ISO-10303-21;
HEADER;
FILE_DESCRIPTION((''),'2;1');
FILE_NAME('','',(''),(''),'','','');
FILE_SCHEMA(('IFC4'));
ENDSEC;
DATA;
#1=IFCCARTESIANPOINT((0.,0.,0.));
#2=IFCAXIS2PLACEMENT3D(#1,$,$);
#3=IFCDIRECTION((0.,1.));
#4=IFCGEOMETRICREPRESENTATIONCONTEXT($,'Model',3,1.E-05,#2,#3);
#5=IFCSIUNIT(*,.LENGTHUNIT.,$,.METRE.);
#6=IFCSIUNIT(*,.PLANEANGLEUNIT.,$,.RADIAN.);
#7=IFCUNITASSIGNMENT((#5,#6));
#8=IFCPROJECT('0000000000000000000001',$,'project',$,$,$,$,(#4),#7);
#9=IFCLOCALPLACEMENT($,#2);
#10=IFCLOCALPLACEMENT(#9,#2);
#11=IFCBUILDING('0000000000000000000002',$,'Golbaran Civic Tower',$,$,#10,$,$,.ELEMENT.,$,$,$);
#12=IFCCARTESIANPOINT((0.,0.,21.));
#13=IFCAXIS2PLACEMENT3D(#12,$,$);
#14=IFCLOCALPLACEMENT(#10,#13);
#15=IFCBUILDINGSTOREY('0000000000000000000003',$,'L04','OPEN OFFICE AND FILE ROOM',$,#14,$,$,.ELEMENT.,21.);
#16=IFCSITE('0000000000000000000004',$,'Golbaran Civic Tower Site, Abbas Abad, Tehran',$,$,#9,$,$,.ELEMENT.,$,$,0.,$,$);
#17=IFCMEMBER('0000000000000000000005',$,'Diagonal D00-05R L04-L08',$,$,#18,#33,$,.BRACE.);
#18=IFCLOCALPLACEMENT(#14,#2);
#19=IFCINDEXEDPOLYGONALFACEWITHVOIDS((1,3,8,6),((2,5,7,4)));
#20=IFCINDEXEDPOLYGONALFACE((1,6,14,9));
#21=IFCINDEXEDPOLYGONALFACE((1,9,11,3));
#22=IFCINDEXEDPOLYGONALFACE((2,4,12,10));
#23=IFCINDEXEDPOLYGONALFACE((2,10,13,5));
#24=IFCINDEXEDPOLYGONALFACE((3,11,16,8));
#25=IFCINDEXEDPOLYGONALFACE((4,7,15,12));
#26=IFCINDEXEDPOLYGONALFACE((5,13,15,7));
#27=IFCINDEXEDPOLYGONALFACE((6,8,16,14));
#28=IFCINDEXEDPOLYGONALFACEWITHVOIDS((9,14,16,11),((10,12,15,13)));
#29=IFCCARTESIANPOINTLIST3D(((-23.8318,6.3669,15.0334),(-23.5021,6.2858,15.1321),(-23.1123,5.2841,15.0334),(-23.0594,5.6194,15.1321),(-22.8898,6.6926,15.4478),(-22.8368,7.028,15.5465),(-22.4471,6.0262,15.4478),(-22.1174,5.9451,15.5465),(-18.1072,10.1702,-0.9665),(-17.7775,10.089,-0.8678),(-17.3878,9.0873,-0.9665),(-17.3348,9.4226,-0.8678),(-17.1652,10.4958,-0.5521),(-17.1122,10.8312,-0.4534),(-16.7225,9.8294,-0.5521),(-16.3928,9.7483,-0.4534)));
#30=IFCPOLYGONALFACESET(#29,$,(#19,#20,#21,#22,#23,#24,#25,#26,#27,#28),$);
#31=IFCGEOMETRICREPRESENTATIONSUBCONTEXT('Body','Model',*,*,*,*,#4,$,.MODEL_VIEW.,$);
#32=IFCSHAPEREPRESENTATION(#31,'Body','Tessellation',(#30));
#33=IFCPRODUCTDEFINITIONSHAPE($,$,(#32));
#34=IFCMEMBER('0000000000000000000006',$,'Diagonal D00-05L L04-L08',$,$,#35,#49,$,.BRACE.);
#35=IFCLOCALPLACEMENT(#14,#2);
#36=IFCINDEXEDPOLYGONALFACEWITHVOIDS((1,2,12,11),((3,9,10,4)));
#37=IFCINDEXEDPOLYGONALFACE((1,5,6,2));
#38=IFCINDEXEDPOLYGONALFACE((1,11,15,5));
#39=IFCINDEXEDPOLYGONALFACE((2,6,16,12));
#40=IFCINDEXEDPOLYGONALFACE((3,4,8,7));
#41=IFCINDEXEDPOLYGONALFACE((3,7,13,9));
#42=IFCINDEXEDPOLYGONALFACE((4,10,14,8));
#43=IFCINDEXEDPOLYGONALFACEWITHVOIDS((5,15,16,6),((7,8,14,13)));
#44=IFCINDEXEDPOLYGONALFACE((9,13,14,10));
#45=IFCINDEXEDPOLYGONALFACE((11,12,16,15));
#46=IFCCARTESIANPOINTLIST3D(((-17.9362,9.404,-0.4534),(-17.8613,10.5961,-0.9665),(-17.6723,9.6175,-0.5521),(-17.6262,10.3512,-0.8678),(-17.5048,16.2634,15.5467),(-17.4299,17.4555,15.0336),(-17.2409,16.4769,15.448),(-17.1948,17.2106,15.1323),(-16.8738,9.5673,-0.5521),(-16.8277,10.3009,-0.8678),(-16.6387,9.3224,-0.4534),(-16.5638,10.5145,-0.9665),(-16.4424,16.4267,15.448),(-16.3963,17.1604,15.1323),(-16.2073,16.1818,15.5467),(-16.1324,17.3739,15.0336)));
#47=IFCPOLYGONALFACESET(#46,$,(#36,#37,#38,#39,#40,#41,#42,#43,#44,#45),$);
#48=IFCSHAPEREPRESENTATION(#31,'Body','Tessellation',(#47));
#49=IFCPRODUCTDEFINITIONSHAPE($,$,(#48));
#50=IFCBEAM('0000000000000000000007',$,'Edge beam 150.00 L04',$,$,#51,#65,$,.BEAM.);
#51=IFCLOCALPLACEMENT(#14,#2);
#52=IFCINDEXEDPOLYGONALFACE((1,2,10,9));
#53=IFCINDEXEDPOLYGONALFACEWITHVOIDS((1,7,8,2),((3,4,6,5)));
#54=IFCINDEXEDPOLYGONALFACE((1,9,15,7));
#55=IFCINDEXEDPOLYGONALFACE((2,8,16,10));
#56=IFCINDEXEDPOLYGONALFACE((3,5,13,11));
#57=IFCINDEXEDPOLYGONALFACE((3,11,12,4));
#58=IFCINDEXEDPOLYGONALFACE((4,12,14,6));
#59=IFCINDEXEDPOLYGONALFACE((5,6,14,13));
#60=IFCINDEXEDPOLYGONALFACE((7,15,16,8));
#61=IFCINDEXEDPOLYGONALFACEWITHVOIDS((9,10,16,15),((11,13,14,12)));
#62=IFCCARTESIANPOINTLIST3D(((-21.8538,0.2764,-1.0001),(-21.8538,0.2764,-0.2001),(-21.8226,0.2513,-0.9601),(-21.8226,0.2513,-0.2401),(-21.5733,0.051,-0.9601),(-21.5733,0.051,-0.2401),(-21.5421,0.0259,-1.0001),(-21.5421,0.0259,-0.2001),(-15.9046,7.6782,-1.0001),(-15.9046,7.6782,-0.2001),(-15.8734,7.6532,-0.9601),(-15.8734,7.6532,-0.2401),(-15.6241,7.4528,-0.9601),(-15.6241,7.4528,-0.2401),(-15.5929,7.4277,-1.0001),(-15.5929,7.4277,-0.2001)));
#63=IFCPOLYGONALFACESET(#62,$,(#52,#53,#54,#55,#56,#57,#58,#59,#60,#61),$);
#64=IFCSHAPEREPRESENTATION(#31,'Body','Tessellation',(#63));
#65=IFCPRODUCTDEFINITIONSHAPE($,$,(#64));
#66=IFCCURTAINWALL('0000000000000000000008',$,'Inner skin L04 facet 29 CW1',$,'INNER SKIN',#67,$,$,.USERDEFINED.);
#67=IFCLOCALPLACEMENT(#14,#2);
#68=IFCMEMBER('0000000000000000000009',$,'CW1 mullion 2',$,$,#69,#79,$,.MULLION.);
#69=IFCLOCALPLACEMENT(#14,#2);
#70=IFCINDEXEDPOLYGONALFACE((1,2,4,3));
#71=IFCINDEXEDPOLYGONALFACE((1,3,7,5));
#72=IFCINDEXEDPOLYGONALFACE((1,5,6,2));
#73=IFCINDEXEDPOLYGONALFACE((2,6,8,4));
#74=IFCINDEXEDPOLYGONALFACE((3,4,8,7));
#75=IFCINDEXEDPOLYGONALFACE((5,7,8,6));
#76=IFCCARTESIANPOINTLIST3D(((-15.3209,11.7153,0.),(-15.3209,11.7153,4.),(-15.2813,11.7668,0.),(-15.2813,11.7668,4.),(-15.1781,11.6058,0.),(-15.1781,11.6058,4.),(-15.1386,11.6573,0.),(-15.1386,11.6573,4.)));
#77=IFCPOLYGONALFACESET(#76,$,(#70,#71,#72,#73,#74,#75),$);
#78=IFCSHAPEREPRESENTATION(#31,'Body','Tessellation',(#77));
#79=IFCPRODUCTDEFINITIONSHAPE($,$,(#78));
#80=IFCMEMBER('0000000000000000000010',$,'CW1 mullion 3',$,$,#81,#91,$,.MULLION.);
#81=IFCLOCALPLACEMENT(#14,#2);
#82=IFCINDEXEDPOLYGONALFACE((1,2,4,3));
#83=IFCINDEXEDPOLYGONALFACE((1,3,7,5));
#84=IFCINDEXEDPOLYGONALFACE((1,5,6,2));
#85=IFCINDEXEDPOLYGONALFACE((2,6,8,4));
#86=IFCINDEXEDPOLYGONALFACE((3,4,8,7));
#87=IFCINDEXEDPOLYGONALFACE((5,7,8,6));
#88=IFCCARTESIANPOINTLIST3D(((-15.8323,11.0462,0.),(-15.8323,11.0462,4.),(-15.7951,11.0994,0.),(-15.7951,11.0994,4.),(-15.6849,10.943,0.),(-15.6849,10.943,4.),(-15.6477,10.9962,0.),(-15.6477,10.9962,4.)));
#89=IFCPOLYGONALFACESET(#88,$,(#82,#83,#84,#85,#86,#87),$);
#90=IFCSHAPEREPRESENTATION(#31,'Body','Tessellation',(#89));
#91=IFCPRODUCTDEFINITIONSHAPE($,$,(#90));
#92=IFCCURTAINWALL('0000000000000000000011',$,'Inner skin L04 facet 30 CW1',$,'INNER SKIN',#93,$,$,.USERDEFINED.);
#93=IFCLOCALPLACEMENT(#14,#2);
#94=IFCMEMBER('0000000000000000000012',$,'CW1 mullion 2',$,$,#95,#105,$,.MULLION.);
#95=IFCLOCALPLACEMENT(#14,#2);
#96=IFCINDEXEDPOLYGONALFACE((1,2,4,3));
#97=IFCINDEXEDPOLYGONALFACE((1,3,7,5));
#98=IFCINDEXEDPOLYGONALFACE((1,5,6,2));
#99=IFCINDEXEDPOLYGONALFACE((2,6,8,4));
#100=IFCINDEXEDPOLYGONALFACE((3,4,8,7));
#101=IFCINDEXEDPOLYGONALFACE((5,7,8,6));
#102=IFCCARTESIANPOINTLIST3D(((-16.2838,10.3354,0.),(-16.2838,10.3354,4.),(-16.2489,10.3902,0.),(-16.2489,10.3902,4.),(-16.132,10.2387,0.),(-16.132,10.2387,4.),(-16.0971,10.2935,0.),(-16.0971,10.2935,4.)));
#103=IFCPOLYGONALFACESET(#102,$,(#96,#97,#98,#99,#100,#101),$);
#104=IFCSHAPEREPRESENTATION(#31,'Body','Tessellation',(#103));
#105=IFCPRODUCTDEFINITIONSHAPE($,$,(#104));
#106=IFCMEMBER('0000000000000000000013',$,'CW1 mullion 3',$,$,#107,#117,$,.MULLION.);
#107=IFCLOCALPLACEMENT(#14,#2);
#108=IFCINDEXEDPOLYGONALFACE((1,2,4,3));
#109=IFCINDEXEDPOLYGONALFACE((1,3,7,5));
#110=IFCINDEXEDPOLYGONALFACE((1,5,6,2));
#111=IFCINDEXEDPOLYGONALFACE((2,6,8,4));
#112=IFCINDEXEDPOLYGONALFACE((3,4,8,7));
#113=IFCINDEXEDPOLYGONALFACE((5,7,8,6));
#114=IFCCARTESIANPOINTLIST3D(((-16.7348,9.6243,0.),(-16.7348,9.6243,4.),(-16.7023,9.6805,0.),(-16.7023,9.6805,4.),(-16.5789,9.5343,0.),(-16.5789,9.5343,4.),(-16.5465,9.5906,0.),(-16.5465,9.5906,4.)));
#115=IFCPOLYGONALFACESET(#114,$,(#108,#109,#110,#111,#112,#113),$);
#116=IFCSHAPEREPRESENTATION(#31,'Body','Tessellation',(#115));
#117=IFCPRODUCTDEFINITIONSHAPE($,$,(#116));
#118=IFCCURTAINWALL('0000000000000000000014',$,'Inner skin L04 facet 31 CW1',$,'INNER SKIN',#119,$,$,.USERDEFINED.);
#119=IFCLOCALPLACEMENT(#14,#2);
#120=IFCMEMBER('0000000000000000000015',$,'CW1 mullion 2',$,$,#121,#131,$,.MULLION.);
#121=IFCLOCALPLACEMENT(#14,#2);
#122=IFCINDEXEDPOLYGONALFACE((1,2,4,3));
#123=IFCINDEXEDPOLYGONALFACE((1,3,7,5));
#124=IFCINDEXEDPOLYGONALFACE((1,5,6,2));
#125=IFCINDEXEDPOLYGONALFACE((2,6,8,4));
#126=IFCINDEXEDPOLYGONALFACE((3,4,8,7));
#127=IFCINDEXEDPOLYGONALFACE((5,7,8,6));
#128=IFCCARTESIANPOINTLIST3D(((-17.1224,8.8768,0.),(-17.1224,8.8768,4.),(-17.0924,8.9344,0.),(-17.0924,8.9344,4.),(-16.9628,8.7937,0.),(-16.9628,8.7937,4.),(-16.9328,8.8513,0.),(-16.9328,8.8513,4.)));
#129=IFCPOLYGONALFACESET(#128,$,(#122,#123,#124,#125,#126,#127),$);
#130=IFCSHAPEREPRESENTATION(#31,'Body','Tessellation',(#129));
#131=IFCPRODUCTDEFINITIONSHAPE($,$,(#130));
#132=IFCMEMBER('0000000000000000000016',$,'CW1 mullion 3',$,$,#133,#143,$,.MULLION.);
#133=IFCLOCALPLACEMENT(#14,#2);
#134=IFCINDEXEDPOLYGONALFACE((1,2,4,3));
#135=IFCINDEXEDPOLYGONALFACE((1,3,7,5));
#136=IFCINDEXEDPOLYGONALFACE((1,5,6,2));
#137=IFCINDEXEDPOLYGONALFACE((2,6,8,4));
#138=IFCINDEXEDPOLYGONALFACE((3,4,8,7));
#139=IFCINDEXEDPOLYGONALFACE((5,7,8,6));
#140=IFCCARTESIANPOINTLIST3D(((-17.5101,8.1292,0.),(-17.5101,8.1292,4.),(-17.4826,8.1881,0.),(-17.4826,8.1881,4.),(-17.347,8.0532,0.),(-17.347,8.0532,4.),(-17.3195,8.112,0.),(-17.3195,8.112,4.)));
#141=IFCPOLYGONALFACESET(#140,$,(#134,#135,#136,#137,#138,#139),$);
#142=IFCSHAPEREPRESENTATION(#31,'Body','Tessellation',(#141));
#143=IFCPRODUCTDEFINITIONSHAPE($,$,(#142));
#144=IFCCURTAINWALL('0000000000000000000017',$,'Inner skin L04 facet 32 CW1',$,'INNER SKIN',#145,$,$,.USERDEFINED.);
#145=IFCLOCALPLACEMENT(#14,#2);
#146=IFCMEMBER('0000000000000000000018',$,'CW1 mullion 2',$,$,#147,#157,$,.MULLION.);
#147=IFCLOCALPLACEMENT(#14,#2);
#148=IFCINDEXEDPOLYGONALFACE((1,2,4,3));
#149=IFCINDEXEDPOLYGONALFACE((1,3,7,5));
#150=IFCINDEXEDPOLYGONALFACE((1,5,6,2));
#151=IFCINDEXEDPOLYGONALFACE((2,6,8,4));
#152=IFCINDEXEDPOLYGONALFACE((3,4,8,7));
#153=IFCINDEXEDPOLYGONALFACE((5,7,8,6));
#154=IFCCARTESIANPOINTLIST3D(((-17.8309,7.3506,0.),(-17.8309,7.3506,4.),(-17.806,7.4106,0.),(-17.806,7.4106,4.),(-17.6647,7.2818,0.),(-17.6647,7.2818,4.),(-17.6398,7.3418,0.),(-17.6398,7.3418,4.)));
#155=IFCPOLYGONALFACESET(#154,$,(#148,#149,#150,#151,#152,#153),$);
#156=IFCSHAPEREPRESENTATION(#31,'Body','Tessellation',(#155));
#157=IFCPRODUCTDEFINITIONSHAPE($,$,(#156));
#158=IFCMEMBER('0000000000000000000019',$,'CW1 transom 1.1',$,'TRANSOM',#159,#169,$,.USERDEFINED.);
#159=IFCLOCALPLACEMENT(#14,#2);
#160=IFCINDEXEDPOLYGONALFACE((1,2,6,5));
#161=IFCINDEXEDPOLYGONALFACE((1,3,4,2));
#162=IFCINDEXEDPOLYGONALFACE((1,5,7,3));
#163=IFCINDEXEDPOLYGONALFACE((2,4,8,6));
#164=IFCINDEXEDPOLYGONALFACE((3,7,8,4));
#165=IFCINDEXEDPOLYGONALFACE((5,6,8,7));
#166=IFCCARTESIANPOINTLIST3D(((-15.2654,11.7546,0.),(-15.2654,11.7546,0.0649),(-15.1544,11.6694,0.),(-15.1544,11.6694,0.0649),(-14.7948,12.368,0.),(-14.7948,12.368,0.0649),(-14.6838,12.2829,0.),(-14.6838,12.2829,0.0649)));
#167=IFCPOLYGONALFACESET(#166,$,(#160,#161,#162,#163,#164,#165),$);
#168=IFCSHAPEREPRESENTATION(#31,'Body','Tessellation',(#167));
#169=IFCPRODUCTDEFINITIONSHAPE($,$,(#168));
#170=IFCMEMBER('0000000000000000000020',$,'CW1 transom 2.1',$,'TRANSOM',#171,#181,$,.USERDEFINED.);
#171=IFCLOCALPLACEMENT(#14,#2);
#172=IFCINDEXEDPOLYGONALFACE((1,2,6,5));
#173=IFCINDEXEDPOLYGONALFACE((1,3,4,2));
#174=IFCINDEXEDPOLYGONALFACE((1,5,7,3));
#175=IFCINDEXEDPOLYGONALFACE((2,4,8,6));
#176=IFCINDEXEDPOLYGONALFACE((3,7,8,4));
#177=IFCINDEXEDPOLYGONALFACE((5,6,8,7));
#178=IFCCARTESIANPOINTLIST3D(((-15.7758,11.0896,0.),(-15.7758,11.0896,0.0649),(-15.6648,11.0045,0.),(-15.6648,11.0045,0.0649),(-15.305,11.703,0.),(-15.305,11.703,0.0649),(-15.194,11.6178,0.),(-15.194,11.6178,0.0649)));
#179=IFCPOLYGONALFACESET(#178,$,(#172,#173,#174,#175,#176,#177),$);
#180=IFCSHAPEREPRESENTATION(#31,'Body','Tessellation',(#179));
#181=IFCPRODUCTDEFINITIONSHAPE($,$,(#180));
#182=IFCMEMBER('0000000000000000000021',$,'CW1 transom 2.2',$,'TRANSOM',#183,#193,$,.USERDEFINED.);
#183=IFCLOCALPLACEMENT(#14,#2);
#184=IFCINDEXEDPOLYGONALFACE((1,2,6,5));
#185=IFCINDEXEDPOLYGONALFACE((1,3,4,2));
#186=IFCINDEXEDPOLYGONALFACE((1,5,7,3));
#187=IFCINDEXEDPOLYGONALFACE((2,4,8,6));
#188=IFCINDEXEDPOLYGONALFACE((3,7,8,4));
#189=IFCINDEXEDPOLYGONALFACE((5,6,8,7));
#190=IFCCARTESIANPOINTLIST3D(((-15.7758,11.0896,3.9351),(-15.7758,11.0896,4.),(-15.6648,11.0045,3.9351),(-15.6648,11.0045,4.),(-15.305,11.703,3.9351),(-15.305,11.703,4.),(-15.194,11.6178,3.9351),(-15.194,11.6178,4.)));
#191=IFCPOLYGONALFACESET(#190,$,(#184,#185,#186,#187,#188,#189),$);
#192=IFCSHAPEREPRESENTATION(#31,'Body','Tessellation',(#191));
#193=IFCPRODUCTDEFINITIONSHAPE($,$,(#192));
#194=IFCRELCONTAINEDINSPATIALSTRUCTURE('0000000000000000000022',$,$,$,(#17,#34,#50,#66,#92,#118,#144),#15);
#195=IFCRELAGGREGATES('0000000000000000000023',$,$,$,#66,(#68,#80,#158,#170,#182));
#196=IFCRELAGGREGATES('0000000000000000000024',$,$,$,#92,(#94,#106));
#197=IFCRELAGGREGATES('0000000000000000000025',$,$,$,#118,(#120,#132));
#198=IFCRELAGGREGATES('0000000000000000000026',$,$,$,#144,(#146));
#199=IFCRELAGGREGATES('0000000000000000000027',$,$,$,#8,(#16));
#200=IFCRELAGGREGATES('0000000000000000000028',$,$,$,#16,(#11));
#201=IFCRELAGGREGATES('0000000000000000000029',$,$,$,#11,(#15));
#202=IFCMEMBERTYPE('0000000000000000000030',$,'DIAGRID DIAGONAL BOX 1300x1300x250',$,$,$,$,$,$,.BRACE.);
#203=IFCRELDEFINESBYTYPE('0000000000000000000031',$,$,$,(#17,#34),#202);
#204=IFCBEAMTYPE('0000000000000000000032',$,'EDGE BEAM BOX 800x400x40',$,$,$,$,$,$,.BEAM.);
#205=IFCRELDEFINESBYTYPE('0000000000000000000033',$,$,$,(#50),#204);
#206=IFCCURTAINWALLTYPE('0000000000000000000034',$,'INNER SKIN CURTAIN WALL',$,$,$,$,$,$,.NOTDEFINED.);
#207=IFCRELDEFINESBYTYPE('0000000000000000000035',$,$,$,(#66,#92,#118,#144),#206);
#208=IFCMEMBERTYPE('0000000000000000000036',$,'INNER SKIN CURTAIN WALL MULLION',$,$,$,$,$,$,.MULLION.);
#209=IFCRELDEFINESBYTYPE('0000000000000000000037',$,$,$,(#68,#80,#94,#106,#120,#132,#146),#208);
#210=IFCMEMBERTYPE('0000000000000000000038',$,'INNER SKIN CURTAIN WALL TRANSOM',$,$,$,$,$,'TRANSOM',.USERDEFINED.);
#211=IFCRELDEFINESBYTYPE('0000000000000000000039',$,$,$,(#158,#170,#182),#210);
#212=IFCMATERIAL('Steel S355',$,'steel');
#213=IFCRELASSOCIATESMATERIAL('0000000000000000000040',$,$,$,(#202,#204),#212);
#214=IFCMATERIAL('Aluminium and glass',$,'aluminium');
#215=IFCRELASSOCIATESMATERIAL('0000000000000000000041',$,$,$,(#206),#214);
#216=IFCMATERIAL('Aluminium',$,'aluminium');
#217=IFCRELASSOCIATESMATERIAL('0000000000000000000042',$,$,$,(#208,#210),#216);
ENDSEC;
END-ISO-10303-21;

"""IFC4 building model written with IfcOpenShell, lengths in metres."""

from ifc_helpers import new_model, si_unit, direction, frame, origin, origin_2d, place, context, subcontext, project, spatial, rectangle, hollow_rectangle, extrude, material, material_profile, profile_set, type_object, element, aggregate, save


model = new_model("IFC4")

# Units and contexts
model_context = context("Model", 3, precision=1e-05, world=origin(), true_north=direction((0.0, 1.0)))
body_context = subcontext(model_context, "Body", "Model", "MODEL_VIEW")
ifc_project = project(units=[si_unit("LENGTHUNIT", "METRE"), si_unit("PLANEANGLEUNIT", "RADIAN")], contexts=[model_context])

# Site, building, storey
site_placement = place(None, origin())
site = spatial("IfcSite", under=ifc_project, at=site_placement, Name="Golbaran Civic Tower Site, Abbas Abad, Tehran", CompositionType="ELEMENT", RefElevation=0.0)
building_placement = place(site_placement, origin())
building = spatial("IfcBuilding", under=site, at=building_placement, Name="Golbaran Civic Tower", CompositionType="ELEMENT")
storey_placement = place(building_placement, frame((0.0, 0.0, 21.0)))
storey = spatial("IfcBuildingStorey", under=building, at=storey_placement, Name="L04", Description="OPEN OFFICE AND FILE ROOM", CompositionType="ELEMENT", Elevation=21.0)

# Members
ifc_material_1 = material(Name="Steel S355", Category="steel")
ifc_material_profile_1 = material_profile(ifc_material_1, hollow_rectangle(XDim=1.3, YDim=1.3, WallThickness=0.25, at=origin_2d()), Name="BOX 1300x1300x250")
ifc_profile_set_1 = profile_set([ifc_material_profile_1], Name="Steel S355")
member_type_1 = type_object("IfcMemberType", Name="DIAGRID DIAGONAL BOX 1300x1300x250", PredefinedType="BRACE", material=ifc_profile_set_1)
member_1_placement = place(storey_placement, frame((-17.25, 9.9592, -0.71), z_axis=(-0.328742, -0.218405, 0.918819), x_axis=(0.553371, -0.832935, 0.0)))
element("IfcMember", 1, at=member_1_placement, inside=storey, type_object=member_type_1, Name="Diagonal D00-05R L04-L08", PredefinedType="BRACE", context=body_context, shape_type="SweptSolid", body=[
    extrude(hollow_rectangle(XDim=1.3, YDim=1.3, WallThickness=0.25, at=origin_2d()), origin(), (0.0, 0.0, 1.0), 17.4136),
])
member_2_placement = place(storey_placement, frame((-17.25, 9.9592, -0.71), z_axis=(0.024773, 0.393907, 0.918817), x_axis=(-0.998028, 0.062768, 0.0)))
element("IfcMember", 2, at=member_2_placement, inside=storey, type_object=member_type_1, Name="Diagonal D00-05L L04-L08", PredefinedType="BRACE", context=body_context, shape_type="SweptSolid", body=[
    extrude(hollow_rectangle(XDim=1.3, YDim=1.3, WallThickness=0.25, at=origin_2d()), origin(), (0.0, 0.0, 1.0), 17.4138),
])

# Beam
ifc_material_profile_2 = material_profile(ifc_material_1, hollow_rectangle(XDim=0.3999, YDim=0.8, WallThickness=0.04, at=origin_2d()), Name="BOX 800x400x40")
ifc_profile_set_2 = profile_set([ifc_material_profile_2], Name="Steel S355")
beam_type = type_object("IfcBeamType", Name="EDGE BEAM BOX 800x400x40", PredefinedType="BEAM", material=ifc_profile_set_2)
beam_placement = place(storey_placement, frame((-15.7488, 7.553, -0.6001), z_axis=(-0.626474, -0.779442, 0.0), x_axis=(0.779442, -0.626474, 0.0)))
element("IfcBeam", 3, at=beam_placement, inside=storey, type_object=beam_type, Name="Edge beam 150.00 L04", PredefinedType="BEAM", context=body_context, shape_type="SweptSolid", body=[
    extrude(hollow_rectangle(XDim=0.3999, YDim=0.8, WallThickness=0.04, at=origin_2d()), origin(), (0.0, 0.0, 1.0), 9.4963),
])

# Curtain walls, members
ifc_material_2 = material(Name="Aluminium and glass", Category="aluminium")
curtain_wall_type = type_object("IfcCurtainWallType", Name="INNER SKIN CURTAIN WALL", PredefinedType="NOTDEFINED", material=ifc_material_2)
curtain_wall_1_placement = place(storey_placement, origin())
curtain_wall_1 = element("IfcCurtainWall", 4, at=curtain_wall_1_placement, inside=storey, type_object=curtain_wall_type, Name="Inner skin L04 facet 29 CW1", ObjectType="INNER SKIN", PredefinedType="USERDEFINED")
ifc_material_3 = material(Name="Aluminium", Category="aluminium")
ifc_material_profile_3 = material_profile(ifc_material_3, rectangle(XDim=0.1799, YDim=0.0649, at=origin_2d()), Name="INNER SKIN CURTAIN WALL MULLION")
ifc_profile_set_3 = profile_set([ifc_material_profile_3], Name="Aluminium")
member_type_2 = type_object("IfcMemberType", Name="INNER SKIN CURTAIN WALL MULLION", PredefinedType="MULLION", material=ifc_profile_set_3)
member_3_placement = place(storey_placement, frame((-15.2297, 11.6863, 0.0), z_axis=(0.0, 0.0, 1.0), x_axis=(0.793353, -0.608761, 0.0)))
member_3 = element("IfcMember", 5, at=member_3_placement, type_object=member_type_2, Name="CW1 mullion 2", PredefinedType="MULLION", context=body_context, shape_type="SweptSolid", body=[
    extrude(rectangle(XDim=0.1799, YDim=0.0649, at=origin_2d()), origin(), (0.0, 0.0, 1.0), 4.0),
])
member_4_placement = place(storey_placement, frame((-15.74, 11.0212, 0.0), z_axis=(0.0, 0.0, 1.0), x_axis=(0.819152, -0.573576, 0.0)))
member_4 = element("IfcMember", 6, at=member_4_placement, type_object=member_type_2, Name="CW1 mullion 3", PredefinedType="MULLION", context=body_context, shape_type="SweptSolid", body=[
    extrude(rectangle(XDim=0.1799, YDim=0.0649, at=origin_2d()), origin(), (0.0, 0.0, 1.0), 4.0),
])
curtain_wall_2_placement = place(storey_placement, origin())
curtain_wall_2 = element("IfcCurtainWall", 7, at=curtain_wall_2_placement, inside=storey, type_object=curtain_wall_type, Name="Inner skin L04 facet 30 CW1", ObjectType="INNER SKIN", PredefinedType="USERDEFINED")
member_5_placement = place(storey_placement, frame((-16.1904, 10.3145, 0.0), z_axis=(0.0, 0.0, 1.0), x_axis=(0.843391, -0.5373, 0.0)))
member_5 = element("IfcMember", 8, at=member_5_placement, type_object=member_type_2, Name="CW1 mullion 2", PredefinedType="MULLION", context=body_context, shape_type="SweptSolid", body=[
    extrude(rectangle(XDim=0.1799, YDim=0.0649, at=origin_2d()), origin(), (0.0, 0.0, 1.0), 4.0),
])
member_6_placement = place(storey_placement, frame((-16.6406, 9.6074, 0.0), z_axis=(0.0, 0.0, 1.0), x_axis=(0.866025, -0.5, 0.0)))
member_6 = element("IfcMember", 9, at=member_6_placement, type_object=member_type_2, Name="CW1 mullion 3", PredefinedType="MULLION", context=body_context, shape_type="SweptSolid", body=[
    extrude(rectangle(XDim=0.1799, YDim=0.0649, at=origin_2d()), origin(), (0.0, 0.0, 1.0), 4.0),
])
curtain_wall_3_placement = place(storey_placement, origin())
curtain_wall_3 = element("IfcCurtainWall", 10, at=curtain_wall_3_placement, inside=storey, type_object=curtain_wall_type, Name="Inner skin L04 facet 31 CW1", ObjectType="INNER SKIN", PredefinedType="USERDEFINED")
member_7_placement = place(storey_placement, frame((-17.0276, 8.864, 0.0), z_axis=(0.0, 0.0, 1.0), x_axis=(0.887011, -0.461749, 0.0)))
member_7 = element("IfcMember", 11, at=member_7_placement, type_object=member_type_2, Name="CW1 mullion 2", PredefinedType="MULLION", context=body_context, shape_type="SweptSolid", body=[
    extrude(rectangle(XDim=0.1799, YDim=0.0649, at=origin_2d()), origin(), (0.0, 0.0, 1.0), 4.0),
])
member_8_placement = place(storey_placement, frame((-17.4148, 8.1206, 0.0), z_axis=(0.0, 0.0, 1.0), x_axis=(0.906308, -0.422618, 0.0)))
member_8 = element("IfcMember", 12, at=member_8_placement, type_object=member_type_2, Name="CW1 mullion 3", PredefinedType="MULLION", context=body_context, shape_type="SweptSolid", body=[
    extrude(rectangle(XDim=0.1799, YDim=0.0649, at=origin_2d()), origin(), (0.0, 0.0, 1.0), 4.0),
])

# Curtain wall, member
curtain_wall_4_placement = place(storey_placement, origin())
curtain_wall_4 = element("IfcCurtainWall", 13, at=curtain_wall_4_placement, inside=storey, type_object=curtain_wall_type, Name="Inner skin L04 facet 32 CW1", ObjectType="INNER SKIN", PredefinedType="USERDEFINED")
member_9_placement = place(storey_placement, frame((-17.7354, 7.3462, 0.0), z_axis=(0.0, 0.0, 1.0), x_axis=(0.92388, -0.382683, 0.0)))
member_9 = element("IfcMember", 14, at=member_9_placement, type_object=member_type_2, Name="CW1 mullion 2", PredefinedType="MULLION", context=body_context, shape_type="SweptSolid", body=[
    extrude(rectangle(XDim=0.1799, YDim=0.0649, at=origin_2d()), origin(), (0.0, 0.0, 1.0), 4.0),
])

# Members
ifc_material_profile_4 = material_profile(ifc_material_3, rectangle(XDim=0.1399, YDim=0.0649, at=origin_2d()), Name="INNER SKIN CURTAIN WALL TRANSOM")
ifc_profile_set_4 = profile_set([ifc_material_profile_4], Name="Aluminium")
member_type_3 = type_object("IfcMemberType", Name="INNER SKIN CURTAIN WALL TRANSOM", ElementType="TRANSOM", PredefinedType="USERDEFINED", material=ifc_profile_set_4)
member_10_placement = place(storey_placement, frame((-14.7393, 12.3254, 0.0325), z_axis=(-0.608703, -0.793398, 0.0), x_axis=(0.793398, -0.608703, 0.0)))
member_10 = element("IfcMember", 15, at=member_10_placement, type_object=member_type_3, Name="CW1 transom 1.1", ObjectType="TRANSOM", PredefinedType="USERDEFINED", context=body_context, shape_type="SweptSolid", body=[
    extrude(rectangle(XDim=0.1399, YDim=0.0649, at=origin_2d()), origin(), (0.0, 0.0, 1.0), 0.7732),
])
member_11_placement = place(storey_placement, frame((-15.2495, 11.6604, 0.0325), z_axis=(-0.608856, -0.793281, 0.0), x_axis=(0.793281, -0.608856, 0.0)))
member_11 = element("IfcMember", 16, at=member_11_placement, type_object=member_type_3, Name="CW1 transom 2.1", ObjectType="TRANSOM", PredefinedType="USERDEFINED", context=body_context, shape_type="SweptSolid", body=[
    extrude(rectangle(XDim=0.1399, YDim=0.0649, at=origin_2d()), origin(), (0.0, 0.0, 1.0), 0.7732),
])
member_12_placement = place(storey_placement, frame((-15.2495, 11.6604, 3.9675), z_axis=(-0.608856, -0.793281, 0.0), x_axis=(0.793281, -0.608856, 0.0)))
member_12 = element("IfcMember", 17, at=member_12_placement, type_object=member_type_3, Name="CW1 transom 2.2", ObjectType="TRANSOM", PredefinedType="USERDEFINED", context=body_context, shape_type="SweptSolid", body=[
    extrude(rectangle(XDim=0.1399, YDim=0.0649, at=origin_2d()), origin(), (0.0, 0.0, 1.0), 0.7732),
])

aggregate(curtain_wall_1, [member_3, member_4, member_10, member_11, member_12])
aggregate(curtain_wall_2, [member_5, member_6])
aggregate(curtain_wall_3, [member_7, member_8])
aggregate(curtain_wall_4, [member_9])

save(model, "model.ifc")
